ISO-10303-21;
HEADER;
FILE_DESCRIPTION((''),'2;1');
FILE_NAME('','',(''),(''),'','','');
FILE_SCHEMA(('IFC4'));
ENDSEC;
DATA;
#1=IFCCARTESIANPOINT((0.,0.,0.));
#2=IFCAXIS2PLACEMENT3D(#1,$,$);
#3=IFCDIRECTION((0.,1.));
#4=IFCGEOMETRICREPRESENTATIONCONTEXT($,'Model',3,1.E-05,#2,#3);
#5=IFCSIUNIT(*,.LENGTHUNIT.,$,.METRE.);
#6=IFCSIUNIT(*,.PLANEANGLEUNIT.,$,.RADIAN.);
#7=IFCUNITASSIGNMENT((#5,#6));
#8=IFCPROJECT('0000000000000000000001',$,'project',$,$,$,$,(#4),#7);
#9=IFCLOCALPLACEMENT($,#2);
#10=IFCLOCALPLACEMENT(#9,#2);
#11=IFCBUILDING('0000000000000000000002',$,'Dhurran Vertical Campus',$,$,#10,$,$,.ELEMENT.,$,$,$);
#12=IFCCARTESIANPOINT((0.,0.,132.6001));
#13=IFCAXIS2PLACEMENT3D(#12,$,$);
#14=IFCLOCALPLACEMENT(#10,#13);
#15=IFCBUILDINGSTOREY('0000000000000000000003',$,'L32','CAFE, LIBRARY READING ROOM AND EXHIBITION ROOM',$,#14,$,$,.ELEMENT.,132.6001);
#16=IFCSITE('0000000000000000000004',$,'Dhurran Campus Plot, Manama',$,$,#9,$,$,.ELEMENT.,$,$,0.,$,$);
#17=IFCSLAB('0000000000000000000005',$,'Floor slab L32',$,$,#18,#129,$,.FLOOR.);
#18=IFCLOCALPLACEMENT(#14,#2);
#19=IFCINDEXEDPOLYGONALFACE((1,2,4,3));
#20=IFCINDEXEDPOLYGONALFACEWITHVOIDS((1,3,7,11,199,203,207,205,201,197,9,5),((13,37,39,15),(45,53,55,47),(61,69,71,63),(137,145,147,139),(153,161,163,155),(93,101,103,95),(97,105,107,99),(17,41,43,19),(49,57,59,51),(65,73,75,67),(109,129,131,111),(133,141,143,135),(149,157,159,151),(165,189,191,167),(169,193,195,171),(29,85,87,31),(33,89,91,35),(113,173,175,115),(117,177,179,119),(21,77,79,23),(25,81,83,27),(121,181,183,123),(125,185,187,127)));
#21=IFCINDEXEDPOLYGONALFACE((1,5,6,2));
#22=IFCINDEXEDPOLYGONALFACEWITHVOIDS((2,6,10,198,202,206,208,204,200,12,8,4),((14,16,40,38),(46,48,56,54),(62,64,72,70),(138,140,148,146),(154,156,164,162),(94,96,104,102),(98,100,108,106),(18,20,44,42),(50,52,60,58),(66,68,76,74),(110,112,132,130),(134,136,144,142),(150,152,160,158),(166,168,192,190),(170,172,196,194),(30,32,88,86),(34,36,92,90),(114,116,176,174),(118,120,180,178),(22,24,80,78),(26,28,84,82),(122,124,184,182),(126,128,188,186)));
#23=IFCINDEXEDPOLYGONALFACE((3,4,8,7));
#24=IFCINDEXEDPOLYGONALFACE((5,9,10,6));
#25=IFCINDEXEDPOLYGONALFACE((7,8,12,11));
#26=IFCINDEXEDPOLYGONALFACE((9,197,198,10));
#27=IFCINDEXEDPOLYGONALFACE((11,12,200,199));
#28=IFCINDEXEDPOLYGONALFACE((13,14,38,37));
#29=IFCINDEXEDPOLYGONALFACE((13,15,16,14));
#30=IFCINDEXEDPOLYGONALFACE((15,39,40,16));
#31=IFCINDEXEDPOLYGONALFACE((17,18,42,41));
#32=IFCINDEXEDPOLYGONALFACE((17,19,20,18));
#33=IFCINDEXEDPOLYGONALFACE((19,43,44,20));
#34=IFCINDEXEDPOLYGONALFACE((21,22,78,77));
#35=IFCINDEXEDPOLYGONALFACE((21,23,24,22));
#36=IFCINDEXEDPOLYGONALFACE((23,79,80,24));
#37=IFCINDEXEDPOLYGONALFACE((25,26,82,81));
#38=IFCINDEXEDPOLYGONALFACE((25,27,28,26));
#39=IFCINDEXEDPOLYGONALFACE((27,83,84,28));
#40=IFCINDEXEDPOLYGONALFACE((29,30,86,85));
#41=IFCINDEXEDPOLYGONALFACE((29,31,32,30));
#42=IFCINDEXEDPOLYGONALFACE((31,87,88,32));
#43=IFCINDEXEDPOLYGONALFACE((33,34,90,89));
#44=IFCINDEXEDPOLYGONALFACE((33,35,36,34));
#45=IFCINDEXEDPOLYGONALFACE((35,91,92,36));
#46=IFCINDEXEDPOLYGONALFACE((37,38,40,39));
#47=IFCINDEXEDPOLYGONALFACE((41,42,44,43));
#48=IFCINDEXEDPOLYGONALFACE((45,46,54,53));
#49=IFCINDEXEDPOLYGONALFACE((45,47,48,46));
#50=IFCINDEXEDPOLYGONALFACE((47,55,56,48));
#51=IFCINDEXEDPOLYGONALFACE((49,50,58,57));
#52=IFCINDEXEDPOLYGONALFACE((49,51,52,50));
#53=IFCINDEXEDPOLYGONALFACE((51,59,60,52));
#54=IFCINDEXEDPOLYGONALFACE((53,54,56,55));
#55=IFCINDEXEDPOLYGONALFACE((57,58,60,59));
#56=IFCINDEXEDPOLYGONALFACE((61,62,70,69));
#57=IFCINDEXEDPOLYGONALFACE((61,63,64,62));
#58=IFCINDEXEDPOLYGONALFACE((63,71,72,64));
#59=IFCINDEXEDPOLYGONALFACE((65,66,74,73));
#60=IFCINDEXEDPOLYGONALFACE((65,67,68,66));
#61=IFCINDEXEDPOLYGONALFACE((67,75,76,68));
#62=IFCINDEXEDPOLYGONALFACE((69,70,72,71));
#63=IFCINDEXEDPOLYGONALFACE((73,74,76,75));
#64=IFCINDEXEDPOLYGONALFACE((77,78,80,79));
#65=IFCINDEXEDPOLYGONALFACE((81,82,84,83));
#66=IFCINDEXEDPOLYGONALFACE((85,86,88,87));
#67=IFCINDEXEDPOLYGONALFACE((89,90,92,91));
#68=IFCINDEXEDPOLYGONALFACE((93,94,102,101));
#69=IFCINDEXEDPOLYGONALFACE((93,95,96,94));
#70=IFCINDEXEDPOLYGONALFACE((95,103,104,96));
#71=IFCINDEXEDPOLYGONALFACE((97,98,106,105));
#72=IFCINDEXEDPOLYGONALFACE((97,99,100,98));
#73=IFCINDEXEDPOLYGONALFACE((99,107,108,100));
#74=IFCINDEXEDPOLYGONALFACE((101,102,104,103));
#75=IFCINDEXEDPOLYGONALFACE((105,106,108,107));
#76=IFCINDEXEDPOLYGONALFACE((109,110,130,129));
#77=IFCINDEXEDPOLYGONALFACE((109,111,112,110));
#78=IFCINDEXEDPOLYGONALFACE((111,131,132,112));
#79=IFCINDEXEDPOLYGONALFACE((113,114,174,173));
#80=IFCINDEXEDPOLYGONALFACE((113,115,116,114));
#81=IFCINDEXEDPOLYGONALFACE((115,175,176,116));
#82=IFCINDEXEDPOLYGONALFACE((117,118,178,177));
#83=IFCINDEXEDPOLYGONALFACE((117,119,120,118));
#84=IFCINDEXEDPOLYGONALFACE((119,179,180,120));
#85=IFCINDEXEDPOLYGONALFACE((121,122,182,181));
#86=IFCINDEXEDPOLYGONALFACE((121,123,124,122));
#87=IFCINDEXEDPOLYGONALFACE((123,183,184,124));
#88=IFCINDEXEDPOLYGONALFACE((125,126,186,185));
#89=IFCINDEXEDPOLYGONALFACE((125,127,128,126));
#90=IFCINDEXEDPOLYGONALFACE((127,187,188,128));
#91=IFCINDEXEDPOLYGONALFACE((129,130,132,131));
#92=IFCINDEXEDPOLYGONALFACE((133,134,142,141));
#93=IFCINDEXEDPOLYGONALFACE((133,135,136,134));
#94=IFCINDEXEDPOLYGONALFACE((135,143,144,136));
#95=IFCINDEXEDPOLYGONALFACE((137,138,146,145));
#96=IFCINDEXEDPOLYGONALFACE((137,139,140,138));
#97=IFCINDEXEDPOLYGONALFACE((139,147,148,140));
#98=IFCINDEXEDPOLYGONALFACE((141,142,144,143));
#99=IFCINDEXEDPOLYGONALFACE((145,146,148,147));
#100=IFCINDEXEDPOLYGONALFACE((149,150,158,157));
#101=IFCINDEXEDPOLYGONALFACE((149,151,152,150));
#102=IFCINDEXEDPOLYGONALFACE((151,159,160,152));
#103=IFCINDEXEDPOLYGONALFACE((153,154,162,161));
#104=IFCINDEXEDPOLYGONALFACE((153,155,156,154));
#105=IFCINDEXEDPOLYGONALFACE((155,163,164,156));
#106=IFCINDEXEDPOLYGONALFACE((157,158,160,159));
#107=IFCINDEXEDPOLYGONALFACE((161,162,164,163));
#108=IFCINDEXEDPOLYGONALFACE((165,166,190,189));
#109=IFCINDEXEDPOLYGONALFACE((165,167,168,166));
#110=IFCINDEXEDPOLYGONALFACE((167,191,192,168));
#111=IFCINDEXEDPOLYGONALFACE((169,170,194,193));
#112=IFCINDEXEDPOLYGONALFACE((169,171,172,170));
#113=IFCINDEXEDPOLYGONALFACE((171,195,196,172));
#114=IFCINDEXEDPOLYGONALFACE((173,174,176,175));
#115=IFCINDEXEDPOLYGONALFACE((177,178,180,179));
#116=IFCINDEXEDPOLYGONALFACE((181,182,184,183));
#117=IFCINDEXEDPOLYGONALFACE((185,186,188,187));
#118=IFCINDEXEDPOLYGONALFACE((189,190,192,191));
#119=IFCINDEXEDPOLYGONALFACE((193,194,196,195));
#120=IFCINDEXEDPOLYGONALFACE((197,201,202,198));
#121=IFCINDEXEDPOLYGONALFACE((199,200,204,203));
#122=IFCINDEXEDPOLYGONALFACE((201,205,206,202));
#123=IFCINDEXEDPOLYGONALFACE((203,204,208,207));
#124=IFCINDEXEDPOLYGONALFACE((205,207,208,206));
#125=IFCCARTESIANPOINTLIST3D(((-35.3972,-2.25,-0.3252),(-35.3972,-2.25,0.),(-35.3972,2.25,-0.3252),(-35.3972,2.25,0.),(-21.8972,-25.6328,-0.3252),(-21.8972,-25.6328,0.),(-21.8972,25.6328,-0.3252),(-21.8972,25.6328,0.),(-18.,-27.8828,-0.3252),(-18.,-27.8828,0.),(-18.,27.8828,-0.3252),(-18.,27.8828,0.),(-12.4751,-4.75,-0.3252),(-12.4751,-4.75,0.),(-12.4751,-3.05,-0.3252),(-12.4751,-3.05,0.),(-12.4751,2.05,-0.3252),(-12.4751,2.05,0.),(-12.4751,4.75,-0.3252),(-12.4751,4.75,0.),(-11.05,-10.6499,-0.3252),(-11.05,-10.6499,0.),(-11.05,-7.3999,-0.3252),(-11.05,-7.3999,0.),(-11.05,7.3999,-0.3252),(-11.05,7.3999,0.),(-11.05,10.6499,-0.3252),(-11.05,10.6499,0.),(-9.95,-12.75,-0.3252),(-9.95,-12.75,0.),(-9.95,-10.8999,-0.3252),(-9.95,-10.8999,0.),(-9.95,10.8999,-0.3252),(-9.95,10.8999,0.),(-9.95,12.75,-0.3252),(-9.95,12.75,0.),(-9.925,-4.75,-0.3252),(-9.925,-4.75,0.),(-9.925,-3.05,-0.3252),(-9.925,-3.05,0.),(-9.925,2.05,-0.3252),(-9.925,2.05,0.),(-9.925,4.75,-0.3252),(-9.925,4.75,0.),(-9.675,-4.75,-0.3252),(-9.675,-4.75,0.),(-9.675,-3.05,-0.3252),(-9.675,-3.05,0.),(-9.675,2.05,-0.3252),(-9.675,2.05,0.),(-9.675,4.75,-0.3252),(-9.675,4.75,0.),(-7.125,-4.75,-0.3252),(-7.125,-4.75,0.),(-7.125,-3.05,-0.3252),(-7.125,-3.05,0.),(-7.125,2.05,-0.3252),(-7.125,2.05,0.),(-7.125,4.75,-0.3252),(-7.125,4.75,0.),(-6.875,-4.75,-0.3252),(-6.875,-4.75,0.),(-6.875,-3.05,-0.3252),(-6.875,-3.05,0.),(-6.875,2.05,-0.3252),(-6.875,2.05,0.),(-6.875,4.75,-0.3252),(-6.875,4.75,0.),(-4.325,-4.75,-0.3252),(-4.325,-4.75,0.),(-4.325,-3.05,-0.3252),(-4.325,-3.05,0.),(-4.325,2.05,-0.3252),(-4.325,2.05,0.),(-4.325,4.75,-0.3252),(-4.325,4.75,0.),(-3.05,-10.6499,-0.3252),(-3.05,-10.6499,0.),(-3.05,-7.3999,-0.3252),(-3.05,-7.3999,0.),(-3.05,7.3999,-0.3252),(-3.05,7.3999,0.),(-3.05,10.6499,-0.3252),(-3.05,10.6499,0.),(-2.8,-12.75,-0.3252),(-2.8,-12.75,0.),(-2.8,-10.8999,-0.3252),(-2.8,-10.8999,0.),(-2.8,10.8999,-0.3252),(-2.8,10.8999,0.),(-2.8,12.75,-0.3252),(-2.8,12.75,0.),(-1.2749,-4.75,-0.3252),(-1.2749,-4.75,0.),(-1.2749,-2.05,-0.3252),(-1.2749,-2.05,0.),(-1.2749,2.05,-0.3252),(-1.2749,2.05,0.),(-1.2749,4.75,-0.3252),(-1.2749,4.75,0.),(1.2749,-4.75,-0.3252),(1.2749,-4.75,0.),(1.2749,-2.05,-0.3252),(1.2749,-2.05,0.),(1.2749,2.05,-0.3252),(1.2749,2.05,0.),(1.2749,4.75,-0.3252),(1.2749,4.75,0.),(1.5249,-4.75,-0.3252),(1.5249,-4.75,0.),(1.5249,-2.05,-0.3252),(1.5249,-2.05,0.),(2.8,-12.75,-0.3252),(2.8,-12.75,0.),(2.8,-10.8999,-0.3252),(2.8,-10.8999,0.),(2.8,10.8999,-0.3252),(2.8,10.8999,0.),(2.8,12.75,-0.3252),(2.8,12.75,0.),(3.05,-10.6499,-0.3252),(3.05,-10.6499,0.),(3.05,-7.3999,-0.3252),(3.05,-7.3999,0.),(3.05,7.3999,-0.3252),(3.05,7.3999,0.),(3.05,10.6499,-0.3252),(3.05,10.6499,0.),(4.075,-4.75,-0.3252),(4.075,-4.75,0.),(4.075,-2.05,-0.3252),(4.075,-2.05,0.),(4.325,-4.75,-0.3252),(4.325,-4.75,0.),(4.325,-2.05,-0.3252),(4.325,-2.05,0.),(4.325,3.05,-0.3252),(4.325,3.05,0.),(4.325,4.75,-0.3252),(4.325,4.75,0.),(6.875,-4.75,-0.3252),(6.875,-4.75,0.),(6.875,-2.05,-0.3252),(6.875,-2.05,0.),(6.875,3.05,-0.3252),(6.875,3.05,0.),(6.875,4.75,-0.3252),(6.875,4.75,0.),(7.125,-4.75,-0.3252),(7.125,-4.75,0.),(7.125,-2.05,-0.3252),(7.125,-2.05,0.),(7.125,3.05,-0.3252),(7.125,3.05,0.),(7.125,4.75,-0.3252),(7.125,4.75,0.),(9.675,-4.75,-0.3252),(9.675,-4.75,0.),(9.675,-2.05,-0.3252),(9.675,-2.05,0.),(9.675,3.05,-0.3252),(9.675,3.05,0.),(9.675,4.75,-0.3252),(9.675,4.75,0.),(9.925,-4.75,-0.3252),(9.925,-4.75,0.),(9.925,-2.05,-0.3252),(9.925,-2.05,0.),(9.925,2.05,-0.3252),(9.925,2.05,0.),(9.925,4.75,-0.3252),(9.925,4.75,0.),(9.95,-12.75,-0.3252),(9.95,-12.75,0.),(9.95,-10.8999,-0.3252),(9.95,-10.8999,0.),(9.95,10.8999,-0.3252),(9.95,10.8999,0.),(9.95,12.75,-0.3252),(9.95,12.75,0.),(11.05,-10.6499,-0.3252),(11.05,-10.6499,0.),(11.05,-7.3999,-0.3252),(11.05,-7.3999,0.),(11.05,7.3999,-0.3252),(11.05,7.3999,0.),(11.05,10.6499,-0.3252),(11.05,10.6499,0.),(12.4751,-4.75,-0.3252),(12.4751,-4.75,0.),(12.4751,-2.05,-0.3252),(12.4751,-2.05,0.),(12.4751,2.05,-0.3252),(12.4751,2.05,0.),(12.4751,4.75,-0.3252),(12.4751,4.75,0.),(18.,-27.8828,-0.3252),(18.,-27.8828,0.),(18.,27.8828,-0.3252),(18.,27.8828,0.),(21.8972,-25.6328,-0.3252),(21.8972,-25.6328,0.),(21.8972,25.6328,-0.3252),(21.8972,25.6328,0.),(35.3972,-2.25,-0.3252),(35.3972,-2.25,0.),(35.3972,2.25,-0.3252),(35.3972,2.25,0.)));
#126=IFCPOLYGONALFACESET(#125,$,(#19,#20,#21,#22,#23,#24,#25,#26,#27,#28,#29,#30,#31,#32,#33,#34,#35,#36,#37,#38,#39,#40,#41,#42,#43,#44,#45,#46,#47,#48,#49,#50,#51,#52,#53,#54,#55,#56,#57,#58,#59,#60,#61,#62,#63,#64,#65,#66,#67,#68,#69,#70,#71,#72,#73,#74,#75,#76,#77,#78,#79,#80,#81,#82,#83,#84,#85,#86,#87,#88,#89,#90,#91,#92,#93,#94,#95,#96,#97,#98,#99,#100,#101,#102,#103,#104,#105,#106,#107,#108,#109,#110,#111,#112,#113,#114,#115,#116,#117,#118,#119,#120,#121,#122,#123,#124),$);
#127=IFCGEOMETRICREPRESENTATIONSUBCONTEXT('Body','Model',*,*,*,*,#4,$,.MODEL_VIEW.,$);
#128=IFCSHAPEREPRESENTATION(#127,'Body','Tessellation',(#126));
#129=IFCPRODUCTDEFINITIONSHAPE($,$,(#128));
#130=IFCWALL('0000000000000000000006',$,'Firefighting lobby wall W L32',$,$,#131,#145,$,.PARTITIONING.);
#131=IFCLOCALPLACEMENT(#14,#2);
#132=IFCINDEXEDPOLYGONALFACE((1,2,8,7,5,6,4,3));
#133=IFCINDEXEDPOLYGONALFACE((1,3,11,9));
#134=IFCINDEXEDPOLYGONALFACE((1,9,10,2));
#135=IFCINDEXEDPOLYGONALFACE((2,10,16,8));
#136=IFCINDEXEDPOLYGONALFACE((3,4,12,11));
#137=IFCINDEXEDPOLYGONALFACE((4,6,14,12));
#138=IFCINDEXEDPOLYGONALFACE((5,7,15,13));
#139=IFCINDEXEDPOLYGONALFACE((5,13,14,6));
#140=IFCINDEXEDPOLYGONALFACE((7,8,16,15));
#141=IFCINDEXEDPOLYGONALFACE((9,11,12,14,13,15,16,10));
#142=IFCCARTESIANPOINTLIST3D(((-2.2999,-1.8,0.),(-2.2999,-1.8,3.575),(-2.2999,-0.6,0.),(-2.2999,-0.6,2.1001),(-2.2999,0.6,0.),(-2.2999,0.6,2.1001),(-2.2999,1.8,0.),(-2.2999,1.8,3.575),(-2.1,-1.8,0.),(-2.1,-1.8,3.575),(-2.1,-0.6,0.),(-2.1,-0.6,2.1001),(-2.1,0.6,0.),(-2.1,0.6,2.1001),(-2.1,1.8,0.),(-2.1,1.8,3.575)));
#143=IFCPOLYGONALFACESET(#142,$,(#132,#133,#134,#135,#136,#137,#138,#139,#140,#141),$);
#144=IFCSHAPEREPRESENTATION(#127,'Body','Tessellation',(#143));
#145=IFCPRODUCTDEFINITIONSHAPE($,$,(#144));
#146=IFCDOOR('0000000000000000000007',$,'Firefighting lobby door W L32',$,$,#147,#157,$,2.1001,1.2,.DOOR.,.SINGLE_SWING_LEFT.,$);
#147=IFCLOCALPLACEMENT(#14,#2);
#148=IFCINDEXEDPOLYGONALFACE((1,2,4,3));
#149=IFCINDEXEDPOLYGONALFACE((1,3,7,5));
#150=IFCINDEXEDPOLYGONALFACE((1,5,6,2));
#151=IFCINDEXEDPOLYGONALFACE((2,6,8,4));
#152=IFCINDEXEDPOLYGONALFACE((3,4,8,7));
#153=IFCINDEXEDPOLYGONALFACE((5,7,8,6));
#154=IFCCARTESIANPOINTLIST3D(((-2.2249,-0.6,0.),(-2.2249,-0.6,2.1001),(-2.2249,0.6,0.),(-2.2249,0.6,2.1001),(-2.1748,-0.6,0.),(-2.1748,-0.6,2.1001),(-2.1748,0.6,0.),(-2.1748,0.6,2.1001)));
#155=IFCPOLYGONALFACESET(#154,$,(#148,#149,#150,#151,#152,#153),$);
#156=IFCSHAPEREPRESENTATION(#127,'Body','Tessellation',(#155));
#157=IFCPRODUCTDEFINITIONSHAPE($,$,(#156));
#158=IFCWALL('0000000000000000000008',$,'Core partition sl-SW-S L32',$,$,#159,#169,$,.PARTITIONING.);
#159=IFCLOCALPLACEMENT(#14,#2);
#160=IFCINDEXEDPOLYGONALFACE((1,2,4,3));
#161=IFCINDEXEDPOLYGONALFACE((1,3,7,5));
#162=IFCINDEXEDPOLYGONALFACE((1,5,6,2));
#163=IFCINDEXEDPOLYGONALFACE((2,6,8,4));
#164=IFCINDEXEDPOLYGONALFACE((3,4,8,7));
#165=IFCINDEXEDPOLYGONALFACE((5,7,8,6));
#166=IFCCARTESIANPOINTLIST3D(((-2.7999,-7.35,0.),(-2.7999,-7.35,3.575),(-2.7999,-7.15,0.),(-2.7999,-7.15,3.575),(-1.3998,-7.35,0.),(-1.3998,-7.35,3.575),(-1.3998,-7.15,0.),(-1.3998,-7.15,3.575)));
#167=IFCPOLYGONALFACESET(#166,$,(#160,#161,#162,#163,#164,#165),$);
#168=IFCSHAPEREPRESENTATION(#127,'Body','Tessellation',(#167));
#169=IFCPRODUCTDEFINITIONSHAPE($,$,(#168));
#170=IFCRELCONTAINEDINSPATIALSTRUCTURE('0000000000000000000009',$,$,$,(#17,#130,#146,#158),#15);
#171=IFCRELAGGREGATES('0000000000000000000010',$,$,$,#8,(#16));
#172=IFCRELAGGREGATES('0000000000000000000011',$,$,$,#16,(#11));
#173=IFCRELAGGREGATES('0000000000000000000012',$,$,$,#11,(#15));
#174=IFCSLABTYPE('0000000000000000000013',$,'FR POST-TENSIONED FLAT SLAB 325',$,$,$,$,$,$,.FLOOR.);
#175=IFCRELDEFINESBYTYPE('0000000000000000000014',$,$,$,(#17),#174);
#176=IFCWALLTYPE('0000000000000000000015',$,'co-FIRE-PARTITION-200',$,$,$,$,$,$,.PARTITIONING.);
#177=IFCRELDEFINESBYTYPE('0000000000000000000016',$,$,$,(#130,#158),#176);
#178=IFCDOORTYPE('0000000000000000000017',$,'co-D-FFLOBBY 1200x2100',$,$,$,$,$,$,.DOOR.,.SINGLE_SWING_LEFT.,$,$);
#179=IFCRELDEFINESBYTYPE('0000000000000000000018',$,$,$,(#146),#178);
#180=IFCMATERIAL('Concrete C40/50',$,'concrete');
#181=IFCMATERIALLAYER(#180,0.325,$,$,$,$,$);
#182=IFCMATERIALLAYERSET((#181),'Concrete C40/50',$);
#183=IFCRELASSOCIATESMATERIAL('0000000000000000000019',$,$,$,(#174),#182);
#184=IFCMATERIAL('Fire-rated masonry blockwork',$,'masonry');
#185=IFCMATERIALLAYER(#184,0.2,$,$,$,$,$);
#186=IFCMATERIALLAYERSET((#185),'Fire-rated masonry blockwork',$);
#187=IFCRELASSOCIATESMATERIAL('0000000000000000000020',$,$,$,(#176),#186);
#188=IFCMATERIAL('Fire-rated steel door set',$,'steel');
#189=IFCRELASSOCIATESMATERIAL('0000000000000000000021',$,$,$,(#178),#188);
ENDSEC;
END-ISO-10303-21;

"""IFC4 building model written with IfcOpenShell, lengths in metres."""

from ifc_helpers import new_model, si_unit, direction, frame, frame_2d, origin, place, context, subcontext, project, spatial, polyline, rectangle, outline, extrude, material, layer, layer_set, type_object, element, fill, save


model = new_model("IFC4")

# Units and contexts
model_context = context("Model", 3, precision=1e-05, world=origin(), true_north=direction((0.0, 1.0)))
body_context = subcontext(model_context, "Body", "Model", "MODEL_VIEW")
ifc_project = project(units=[si_unit("LENGTHUNIT", "METRE"), si_unit("PLANEANGLEUNIT", "RADIAN")], contexts=[model_context])

# Site, building, storey
site_placement = place(None, origin())
site = spatial("IfcSite", under=ifc_project, at=site_placement, Name="Dhurran Campus Plot, Manama", CompositionType="ELEMENT", RefElevation=0.0)
building_placement = place(site_placement, origin())
building = spatial("IfcBuilding", under=site, at=building_placement, Name="Dhurran Vertical Campus", CompositionType="ELEMENT")
storey_placement = place(building_placement, frame((0.0, 0.0, 132.6001)))
storey = spatial("IfcBuildingStorey", under=building, at=storey_placement, Name="L32", Description="CAFE, LIBRARY READING ROOM AND EXHIBITION ROOM", CompositionType="ELEMENT", Elevation=132.6001)

# Slab
ifc_material_1 = material(Name="Concrete C40/50", Category="concrete")
ifc_layer_1 = layer(ifc_material_1, 0.325)
ifc_layer_set_1 = layer_set([ifc_layer_1], Name="Concrete C40/50")
slab_type = type_object("IfcSlabType", Name="FR POST-TENSIONED FLAT SLAB 325", PredefinedType="FLOOR", material=ifc_layer_set_1)
slab_placement = place(storey_placement, frame((0.0, 0.0, -0.3252)))
element("IfcSlab", 1, at=slab_placement, inside=storey, type_object=slab_type, Name="Floor slab L32", PredefinedType="FLOOR", context=body_context, shape_type="SweptSolid", body=[
    extrude(outline(polyline([(-18.0, -27.8828), (18.0, -27.8828), (21.8972, -25.6328), (35.3972, -2.25), (35.3972, 2.25), (21.8972, 25.6328), (18.0, 27.8828), (-18.0, 27.8828), (-21.8972, 25.6328), (-35.3972, 2.25), (-35.3972, -2.25), (-21.8972, -25.6328), (-18.0, -27.8828)]), holes=[polyline([(-12.4751, 2.05), (-9.925, 2.05), (-9.925, 4.75), (-12.4751, 4.75), (-12.4751, 2.05)]), polyline([(-9.675, 2.05), (-7.125, 2.05), (-7.125, 4.75), (-9.675, 4.75), (-9.675, 2.05)]), polyline([(-6.875, 2.05), (-4.325, 2.05), (-4.325, 4.75), (-6.875, 4.75), (-6.875, 2.05)]), polyline([(-1.2749, 2.05), (1.2749, 2.05), (1.2749, 4.75), (-1.2749, 4.75), (-1.2749, 2.05)]), polyline([(9.925, 2.05), (12.4751, 2.05), (12.4751, 4.75), (9.925, 4.75), (9.925, 2.05)]), polyline([(-1.2749, -4.75), (1.2749, -4.75), (1.2749, -2.05), (-1.2749, -2.05), (-1.2749, -4.75)]), polyline([(1.5249, -4.75), (4.075, -4.75), (4.075, -2.05), (1.5249, -2.05), (1.5249, -4.75)]), polyline([(4.325, -4.75), (6.875, -4.75), (6.875, -2.05), (4.325, -2.05), (4.325, -4.75)]), polyline([(7.125, -4.75), (9.675, -4.75), (9.675, -2.05), (7.125, -2.05), (7.125, -4.75)]), polyline([(9.925, -4.75), (12.4751, -4.75), (12.4751, -2.05), (9.925, -2.05), (9.925, -4.75)]), polyline([(4.325, 3.05), (6.875, 3.05), (6.875, 4.75), (4.325, 4.75), (4.325, 3.05)]), polyline([(7.125, 3.05), (9.675, 3.05), (9.675, 4.75), (7.125, 4.75), (7.125, 3.05)]), polyline([(-12.4751, -4.75), (-9.925, -4.75), (-9.925, -3.05), (-12.4751, -3.05), (-12.4751, -4.75)]), polyline([(-9.675, -4.75), (-7.125, -4.75), (-7.125, -3.05), (-9.675, -3.05), (-9.675, -4.75)]), polyline([(-6.875, -4.75), (-4.325, -4.75), (-4.325, -3.05), (-6.875, -3.05), (-6.875, -4.75)]), polyline([(-11.05, 7.3999), (-3.05, 7.3999), (-3.05, 10.6499), (-11.05, 10.6499), (-11.05, 7.3999)]), polyline([(3.05, 7.3999), (11.05, 7.3999), (11.05, 10.6499), (3.05, 10.6499), (3.05, 7.3999)]), polyline([(-11.05, -10.6499), (-3.05, -10.6499), (-3.05, -7.3999), (-11.05, -7.3999), (-11.05, -10.6499)]), polyline([(3.05, -10.6499), (11.05, -10.6499), (11.05, -7.3999), (3.05, -7.3999), (3.05, -10.6499)]), polyline([(-9.95, 10.8999), (-9.95, 12.75), (-2.8, 12.75), (-2.8, 10.8999), (-9.95, 10.8999)]), polyline([(9.95, 12.75), (9.95, 10.8999), (2.8, 10.8999), (2.8, 12.75), (9.95, 12.75)]), polyline([(-9.95, -12.75), (-9.95, -10.8999), (-2.8, -10.8999), (-2.8, -12.75), (-9.95, -12.75)]), polyline([(9.95, -10.8999), (9.95, -12.75), (2.8, -12.75), (2.8, -10.8999), (9.95, -10.8999)])]), origin(), (0.0, 0.0, 1.0), 0.3252),
])

# Wall, opening, door
ifc_material_2 = material(Name="Fire-rated masonry blockwork", Category="masonry")
ifc_layer_2 = layer(ifc_material_2, 0.2)
ifc_layer_set_2 = layer_set([ifc_layer_2], Name="Fire-rated masonry blockwork")
wall_type_1 = type_object("IfcWallType", Name="co-FIRE-PARTITION-200", PredefinedType="PARTITIONING", material=ifc_layer_set_2)
wall_1_placement = place(storey_placement, frame((-2.2, -1.8, 0.0), z_axis=(0.0, 0.0, 1.0), x_axis=(0.0, 1.0, 0.0)))
wall_1 = element("IfcWall", 2, at=wall_1_placement, inside=storey, type_object=wall_type_1, Name="Firefighting lobby wall W L32", PredefinedType="PARTITIONING", context=body_context, shape_type="SweptSolid", body=[
    extrude(rectangle(XDim=3.6001, YDim=0.2, at=frame_2d((1.8, 0.0))), origin(), (0.0, 0.0, 1.0), 3.575),
])
opening_1_placement = place(wall_1_placement, frame((1.2, 0.0, 0.0)))
opening_1 = element("IfcOpeningElement", 3, at=opening_1_placement, cuts=wall_1, PredefinedType="OPENING", context=body_context, shape_type="SweptSolid", body=[
    extrude(rectangle(XDim=1.2, YDim=2.1001, at=frame_2d((0.6001, 1.05))), frame((0.0, 0.1099, 0.0), z_axis=(0.0, -1.0, 0.0), x_axis=(1.0, 0.0, 0.0)), (0.0, 0.0, 1.0), 0.22),
])
ifc_material_3 = material(Name="Fire-rated steel door set", Category="steel")
door_type_1 = type_object("IfcDoorType", Name="co-D-FFLOBBY 1200x2100", OperationType="SINGLE_SWING_LEFT", PredefinedType="DOOR", material=ifc_material_3)
door_1_placement = place(opening_1_placement, origin())
door_1 = element("IfcDoor", 4, at=door_1_placement, inside=storey, type_object=door_type_1, Name="Firefighting lobby door W L32", OperationType="SINGLE_SWING_LEFT", OverallHeight=2.1001, OverallWidth=1.2, PredefinedType="DOOR", context=body_context, shape_type="SweptSolid", body=[
    extrude(rectangle(XDim=1.2, YDim=2.1001, at=frame_2d((0.6001, 1.05))), frame((0.0, 0.0249, 0.0), z_axis=(0.0, -1.0, 0.0), x_axis=(1.0, 0.0, 0.0)), (0.0, 0.0, 1.0), 0.05),
])
fill(opening_1, door_1)

# Wall
for number, where, z_axis, x_axis, name in (
    (5, (-2.8, -7.25, 0.0), (0.0, 0.0, 1.0), (1.0, 0.0, 0.0), "Core partition sl-SW-S L32"),
):
    element("IfcWall", number, at=place(storey_placement, frame(where, z_axis=z_axis, x_axis=x_axis)), inside=storey, type_object=wall_type_1, Name=name, PredefinedType="PARTITIONING", context=body_context, shape_type="SweptSolid", body=[
        extrude(rectangle(XDim=1.4001, YDim=0.2, at=frame_2d((0.7002, 0.0))), origin(), (0.0, 0.0, 1.0), 3.575),
    ])

save(model, "model.ifc")
